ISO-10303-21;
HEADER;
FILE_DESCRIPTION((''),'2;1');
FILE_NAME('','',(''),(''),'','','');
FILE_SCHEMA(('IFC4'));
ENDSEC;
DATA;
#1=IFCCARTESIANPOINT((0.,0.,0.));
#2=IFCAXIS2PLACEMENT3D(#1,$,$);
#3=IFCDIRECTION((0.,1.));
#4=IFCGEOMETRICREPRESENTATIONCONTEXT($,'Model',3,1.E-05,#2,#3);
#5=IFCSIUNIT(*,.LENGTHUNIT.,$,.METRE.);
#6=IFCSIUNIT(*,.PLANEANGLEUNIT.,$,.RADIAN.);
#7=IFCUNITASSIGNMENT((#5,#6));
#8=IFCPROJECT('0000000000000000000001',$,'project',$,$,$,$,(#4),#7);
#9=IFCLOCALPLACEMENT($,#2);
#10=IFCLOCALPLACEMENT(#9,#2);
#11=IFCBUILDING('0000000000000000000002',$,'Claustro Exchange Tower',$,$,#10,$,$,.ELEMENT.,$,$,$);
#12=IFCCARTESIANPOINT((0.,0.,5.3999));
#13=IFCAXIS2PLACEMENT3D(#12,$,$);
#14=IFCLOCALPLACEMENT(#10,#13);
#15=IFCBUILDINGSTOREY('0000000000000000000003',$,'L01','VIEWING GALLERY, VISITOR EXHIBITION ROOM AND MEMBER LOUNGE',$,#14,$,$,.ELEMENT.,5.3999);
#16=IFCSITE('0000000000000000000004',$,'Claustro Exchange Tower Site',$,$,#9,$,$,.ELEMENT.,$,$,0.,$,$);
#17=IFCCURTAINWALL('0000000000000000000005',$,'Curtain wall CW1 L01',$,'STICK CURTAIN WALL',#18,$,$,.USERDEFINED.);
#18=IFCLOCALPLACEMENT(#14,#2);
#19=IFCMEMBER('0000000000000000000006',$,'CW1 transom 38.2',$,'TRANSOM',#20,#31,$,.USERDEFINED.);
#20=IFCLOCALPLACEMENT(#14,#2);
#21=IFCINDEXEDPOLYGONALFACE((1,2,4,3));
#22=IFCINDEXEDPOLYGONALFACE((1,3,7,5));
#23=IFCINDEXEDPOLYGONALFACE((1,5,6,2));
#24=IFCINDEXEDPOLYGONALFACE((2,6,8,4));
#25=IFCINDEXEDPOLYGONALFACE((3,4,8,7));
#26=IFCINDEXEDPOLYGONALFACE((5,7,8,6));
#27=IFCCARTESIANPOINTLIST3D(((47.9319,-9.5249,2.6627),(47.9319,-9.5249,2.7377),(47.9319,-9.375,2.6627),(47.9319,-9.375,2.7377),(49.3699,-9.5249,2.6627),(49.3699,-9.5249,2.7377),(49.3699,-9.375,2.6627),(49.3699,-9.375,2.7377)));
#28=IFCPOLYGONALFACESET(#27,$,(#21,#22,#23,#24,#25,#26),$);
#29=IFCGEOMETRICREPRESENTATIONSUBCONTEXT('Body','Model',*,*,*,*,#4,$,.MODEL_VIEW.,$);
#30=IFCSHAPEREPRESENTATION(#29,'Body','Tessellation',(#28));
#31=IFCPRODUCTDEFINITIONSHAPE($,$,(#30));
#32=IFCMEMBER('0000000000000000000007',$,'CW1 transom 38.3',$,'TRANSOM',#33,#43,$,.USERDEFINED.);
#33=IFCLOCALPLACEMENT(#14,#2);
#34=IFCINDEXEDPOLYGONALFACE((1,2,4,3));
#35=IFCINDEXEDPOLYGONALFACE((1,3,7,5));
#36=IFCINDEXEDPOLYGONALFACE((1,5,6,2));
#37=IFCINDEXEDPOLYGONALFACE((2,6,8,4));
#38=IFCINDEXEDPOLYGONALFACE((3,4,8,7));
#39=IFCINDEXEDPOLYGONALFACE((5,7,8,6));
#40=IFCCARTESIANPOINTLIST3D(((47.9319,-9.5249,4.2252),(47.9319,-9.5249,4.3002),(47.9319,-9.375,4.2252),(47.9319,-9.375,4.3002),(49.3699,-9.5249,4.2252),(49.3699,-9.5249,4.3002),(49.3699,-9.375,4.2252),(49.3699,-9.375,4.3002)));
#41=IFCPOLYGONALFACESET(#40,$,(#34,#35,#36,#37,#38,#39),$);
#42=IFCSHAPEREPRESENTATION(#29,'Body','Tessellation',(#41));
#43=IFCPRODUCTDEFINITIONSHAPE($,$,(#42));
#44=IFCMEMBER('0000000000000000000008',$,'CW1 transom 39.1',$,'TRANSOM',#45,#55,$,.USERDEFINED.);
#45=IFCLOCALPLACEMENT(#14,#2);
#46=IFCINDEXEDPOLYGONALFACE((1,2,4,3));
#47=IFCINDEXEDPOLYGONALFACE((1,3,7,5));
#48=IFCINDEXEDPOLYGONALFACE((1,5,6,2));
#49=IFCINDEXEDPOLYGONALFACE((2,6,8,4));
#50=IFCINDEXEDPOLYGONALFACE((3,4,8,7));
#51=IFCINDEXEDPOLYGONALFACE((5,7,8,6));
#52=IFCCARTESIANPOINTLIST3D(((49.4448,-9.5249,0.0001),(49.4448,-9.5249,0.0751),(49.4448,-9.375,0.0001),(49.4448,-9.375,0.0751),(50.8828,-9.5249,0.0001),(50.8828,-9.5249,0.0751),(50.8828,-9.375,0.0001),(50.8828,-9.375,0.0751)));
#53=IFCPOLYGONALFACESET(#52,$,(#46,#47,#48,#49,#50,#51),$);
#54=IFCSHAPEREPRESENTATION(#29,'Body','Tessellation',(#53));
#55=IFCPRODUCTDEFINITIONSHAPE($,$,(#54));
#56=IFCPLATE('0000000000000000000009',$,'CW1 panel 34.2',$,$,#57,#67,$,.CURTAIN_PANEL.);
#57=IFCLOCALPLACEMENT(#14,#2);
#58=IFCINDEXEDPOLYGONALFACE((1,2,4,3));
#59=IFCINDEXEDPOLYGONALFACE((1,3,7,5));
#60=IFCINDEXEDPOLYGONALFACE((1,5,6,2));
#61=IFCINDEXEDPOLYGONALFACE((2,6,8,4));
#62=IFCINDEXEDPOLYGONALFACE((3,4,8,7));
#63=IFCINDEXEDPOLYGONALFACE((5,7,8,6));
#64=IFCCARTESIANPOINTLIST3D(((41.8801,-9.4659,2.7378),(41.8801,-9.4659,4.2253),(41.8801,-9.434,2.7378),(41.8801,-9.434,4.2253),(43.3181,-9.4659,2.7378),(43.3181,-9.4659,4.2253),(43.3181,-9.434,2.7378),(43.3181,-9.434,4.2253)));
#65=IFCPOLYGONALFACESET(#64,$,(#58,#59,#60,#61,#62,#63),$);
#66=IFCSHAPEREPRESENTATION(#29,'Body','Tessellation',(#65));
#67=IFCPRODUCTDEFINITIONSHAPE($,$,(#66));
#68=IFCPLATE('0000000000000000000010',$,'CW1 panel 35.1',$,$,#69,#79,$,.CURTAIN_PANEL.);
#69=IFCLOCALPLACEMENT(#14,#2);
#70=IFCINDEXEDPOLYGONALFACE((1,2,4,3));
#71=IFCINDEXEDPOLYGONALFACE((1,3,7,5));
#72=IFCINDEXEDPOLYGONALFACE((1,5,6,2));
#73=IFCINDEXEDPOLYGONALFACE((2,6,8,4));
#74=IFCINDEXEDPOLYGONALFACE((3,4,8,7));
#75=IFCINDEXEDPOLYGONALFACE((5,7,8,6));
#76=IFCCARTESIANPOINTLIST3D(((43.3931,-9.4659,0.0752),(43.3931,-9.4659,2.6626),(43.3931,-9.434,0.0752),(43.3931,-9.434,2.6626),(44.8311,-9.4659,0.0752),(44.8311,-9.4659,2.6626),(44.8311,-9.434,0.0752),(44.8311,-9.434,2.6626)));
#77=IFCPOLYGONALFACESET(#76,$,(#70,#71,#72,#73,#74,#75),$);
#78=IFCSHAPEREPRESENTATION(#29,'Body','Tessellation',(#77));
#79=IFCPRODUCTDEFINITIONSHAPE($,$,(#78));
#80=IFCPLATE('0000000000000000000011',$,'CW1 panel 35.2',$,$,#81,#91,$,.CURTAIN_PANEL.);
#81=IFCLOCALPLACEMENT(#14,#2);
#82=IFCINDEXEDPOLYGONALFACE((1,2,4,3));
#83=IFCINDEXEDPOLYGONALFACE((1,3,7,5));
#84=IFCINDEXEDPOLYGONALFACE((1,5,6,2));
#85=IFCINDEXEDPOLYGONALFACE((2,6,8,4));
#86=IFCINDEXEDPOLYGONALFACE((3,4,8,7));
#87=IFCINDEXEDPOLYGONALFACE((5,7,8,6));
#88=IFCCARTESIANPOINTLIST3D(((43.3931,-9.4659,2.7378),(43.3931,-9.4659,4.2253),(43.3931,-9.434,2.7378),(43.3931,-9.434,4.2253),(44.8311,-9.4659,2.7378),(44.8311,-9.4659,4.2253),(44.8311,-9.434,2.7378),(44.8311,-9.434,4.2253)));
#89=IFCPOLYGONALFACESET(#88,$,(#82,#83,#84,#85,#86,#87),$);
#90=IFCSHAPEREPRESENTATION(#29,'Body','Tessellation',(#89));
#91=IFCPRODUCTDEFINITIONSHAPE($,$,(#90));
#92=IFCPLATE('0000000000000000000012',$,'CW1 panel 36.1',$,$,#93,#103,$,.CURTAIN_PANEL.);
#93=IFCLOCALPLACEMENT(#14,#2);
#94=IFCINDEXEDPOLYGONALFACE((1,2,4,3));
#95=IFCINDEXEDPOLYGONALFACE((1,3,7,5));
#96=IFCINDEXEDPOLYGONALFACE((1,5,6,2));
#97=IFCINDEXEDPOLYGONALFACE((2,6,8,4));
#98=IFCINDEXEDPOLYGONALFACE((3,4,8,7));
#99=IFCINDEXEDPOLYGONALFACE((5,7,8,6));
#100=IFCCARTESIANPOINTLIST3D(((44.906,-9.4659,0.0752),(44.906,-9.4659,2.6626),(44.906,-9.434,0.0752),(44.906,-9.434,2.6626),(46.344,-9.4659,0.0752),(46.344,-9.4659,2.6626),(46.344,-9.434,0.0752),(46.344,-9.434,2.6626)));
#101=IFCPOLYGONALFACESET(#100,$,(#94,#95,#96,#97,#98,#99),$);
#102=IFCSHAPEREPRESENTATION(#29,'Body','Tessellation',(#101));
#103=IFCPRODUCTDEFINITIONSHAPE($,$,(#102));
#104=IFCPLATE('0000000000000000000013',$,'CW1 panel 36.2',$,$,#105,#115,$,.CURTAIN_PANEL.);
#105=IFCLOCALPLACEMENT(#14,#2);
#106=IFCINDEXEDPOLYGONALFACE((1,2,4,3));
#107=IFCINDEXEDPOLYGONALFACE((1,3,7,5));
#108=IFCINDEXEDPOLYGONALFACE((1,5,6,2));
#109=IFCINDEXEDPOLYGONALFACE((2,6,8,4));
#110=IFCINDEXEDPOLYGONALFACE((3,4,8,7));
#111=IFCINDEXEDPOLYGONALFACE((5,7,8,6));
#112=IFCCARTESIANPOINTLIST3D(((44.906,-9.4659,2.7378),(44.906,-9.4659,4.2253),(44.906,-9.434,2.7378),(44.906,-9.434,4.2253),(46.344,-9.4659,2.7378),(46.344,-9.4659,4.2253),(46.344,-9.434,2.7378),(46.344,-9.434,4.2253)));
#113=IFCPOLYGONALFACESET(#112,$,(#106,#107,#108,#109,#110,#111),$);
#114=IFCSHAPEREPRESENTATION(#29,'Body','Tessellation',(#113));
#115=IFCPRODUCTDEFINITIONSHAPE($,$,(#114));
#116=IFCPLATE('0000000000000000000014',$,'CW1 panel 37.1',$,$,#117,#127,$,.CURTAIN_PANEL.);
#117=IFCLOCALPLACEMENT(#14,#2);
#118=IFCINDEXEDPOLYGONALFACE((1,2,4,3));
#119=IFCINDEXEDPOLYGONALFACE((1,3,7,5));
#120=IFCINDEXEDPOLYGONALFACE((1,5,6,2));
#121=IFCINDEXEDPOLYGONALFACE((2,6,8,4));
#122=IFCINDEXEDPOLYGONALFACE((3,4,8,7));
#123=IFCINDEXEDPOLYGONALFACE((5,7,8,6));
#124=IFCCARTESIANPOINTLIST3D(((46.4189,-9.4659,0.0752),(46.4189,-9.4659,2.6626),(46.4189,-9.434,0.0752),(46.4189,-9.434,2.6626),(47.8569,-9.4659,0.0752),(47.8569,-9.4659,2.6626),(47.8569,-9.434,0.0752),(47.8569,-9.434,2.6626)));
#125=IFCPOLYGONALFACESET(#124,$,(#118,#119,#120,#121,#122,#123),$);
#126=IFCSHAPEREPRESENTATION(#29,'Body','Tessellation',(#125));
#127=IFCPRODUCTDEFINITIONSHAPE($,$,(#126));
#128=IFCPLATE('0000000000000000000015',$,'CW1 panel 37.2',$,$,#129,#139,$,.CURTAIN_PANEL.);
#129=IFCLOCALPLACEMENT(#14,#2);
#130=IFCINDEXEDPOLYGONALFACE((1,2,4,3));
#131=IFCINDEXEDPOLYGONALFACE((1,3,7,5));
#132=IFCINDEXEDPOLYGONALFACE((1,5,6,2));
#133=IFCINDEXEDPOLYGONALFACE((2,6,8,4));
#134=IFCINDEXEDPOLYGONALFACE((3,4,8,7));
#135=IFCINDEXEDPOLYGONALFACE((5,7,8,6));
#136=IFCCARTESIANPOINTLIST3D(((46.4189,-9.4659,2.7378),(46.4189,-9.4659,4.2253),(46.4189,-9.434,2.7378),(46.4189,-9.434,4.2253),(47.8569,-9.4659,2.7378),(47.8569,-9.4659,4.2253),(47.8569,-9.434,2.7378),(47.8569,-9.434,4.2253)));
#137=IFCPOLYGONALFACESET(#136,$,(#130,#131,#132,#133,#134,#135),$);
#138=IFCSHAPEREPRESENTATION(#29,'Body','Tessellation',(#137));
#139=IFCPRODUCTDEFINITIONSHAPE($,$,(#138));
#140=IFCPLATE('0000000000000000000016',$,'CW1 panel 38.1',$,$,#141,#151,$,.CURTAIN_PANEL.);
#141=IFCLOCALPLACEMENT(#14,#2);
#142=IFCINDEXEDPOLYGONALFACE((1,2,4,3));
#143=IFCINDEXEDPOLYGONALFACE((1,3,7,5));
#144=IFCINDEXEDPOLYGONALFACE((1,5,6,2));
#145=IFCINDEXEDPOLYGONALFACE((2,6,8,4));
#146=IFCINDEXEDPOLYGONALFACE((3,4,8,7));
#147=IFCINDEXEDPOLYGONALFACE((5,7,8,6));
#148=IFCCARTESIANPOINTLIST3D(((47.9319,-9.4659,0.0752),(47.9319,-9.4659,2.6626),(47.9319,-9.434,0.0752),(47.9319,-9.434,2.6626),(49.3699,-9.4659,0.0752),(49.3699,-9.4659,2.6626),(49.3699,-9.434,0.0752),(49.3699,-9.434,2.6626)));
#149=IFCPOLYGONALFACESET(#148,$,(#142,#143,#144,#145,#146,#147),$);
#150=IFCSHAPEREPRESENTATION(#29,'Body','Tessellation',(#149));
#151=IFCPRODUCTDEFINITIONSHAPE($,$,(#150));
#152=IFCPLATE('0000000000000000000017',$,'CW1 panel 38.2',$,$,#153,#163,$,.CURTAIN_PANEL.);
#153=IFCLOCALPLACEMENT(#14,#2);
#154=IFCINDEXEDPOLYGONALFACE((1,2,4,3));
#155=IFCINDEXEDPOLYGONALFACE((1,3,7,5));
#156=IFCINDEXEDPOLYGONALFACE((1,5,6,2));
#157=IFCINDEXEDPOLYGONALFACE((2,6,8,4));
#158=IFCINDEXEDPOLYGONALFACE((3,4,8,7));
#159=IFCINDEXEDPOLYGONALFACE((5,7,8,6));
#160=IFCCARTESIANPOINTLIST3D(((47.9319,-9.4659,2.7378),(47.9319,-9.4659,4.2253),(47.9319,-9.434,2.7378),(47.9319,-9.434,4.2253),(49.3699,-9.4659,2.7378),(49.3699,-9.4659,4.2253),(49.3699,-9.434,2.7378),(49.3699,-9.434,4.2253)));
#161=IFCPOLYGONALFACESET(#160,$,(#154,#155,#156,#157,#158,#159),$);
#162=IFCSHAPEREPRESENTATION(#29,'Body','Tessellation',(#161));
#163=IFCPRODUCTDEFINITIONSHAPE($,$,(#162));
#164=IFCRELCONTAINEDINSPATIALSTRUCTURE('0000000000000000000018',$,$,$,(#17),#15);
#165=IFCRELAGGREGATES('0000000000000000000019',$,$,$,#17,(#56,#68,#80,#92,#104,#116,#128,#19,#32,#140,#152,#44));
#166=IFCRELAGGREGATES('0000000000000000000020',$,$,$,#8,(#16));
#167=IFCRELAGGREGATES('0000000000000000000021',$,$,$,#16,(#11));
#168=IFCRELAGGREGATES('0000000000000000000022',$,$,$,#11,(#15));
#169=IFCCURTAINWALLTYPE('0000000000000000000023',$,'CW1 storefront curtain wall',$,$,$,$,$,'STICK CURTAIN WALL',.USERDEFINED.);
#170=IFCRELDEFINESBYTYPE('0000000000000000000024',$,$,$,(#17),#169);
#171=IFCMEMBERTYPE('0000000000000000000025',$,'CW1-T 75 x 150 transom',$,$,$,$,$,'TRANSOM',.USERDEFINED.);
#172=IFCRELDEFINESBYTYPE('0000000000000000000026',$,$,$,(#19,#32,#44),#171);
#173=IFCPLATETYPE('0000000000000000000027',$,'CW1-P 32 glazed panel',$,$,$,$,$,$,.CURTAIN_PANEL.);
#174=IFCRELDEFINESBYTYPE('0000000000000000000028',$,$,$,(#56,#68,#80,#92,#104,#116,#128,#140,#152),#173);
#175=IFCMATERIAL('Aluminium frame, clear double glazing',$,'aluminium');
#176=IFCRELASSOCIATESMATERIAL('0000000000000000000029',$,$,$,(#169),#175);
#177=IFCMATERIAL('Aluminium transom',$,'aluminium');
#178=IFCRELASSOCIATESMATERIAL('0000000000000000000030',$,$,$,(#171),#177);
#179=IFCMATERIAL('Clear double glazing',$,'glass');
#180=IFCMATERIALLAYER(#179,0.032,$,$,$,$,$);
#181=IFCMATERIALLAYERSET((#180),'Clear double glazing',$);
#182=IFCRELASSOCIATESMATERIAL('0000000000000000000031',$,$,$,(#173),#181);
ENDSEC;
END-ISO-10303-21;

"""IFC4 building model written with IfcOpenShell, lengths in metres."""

from ifc_helpers import new_model, si_unit, direction, frame, origin, origin_2d, place, context, subcontext, project, spatial, rectangle, extrude, material, layer, layer_set, material_profile, profile_set, type_object, element, aggregate, save


model = new_model("IFC4")

# Units and contexts
model_context = context("Model", 3, precision=1e-05, world=origin(), true_north=direction((0.0, 1.0)))
body_context = subcontext(model_context, "Body", "Model", "MODEL_VIEW")
ifc_project = project(units=[si_unit("LENGTHUNIT", "METRE"), si_unit("PLANEANGLEUNIT", "RADIAN")], contexts=[model_context])

# Site, building, storey
site_placement = place(None, origin())
site = spatial("IfcSite", under=ifc_project, at=site_placement, Name="Claustro Exchange Tower Site", CompositionType="ELEMENT", RefElevation=0.0)
building_placement = place(site_placement, origin())
building = spatial("IfcBuilding", under=site, at=building_placement, Name="Claustro Exchange Tower", CompositionType="ELEMENT")
storey_placement = place(building_placement, frame((0.0, 0.0, 5.3999)))
storey = spatial("IfcBuildingStorey", under=building, at=storey_placement, Name="L01", Description="VIEWING GALLERY, VISITOR EXHIBITION ROOM AND MEMBER LOUNGE", CompositionType="ELEMENT", Elevation=5.3999)

# Curtain wall, members, plates
ifc_material_1 = material(Name="Aluminium frame, clear double glazing", Category="aluminium")
curtain_wall_type = type_object("IfcCurtainWallType", Name="CW1 storefront curtain wall", ElementType="STICK CURTAIN WALL", PredefinedType="USERDEFINED", material=ifc_material_1)
curtain_wall_placement = place(storey_placement, origin())
curtain_wall = element("IfcCurtainWall", 1, at=curtain_wall_placement, inside=storey, type_object=curtain_wall_type, Name="Curtain wall CW1 L01", ObjectType="STICK CURTAIN WALL", PredefinedType="USERDEFINED")
ifc_material_2 = material(Name="Aluminium transom", Category="aluminium")
ifc_material_profile_1 = material_profile(ifc_material_2, rectangle(XDim=0.1499, YDim=0.075, at=origin_2d()), Name="CW1-T 75x150")
ifc_profile_set_1 = profile_set([ifc_material_profile_1], Name="Aluminium transom")
member_type_1 = type_object("IfcMemberType", Name="CW1-T 75 x 150 transom", ElementType="TRANSOM", PredefinedType="USERDEFINED", material=ifc_profile_set_1)
member_1_placement = place(storey_placement, frame((47.9319, -9.45, 2.7002), z_axis=(1.0, 0.0, 0.0), x_axis=(0.0, 1.0, 0.0)))
member_1 = element("IfcMember", 2, at=member_1_placement, type_object=member_type_1, Name="CW1 transom 38.2", ObjectType="TRANSOM", PredefinedType="USERDEFINED", context=body_context, shape_type="SweptSolid", body=[
    extrude(rectangle(XDim=0.1499, YDim=0.075, at=origin_2d()), origin(), (0.0, 0.0, 1.0), 1.438),
])
member_2_placement = place(storey_placement, frame((47.9319, -9.45, 4.2627), z_axis=(1.0, 0.0, 0.0), x_axis=(0.0, 1.0, 0.0)))
member_2 = element("IfcMember", 3, at=member_2_placement, type_object=member_type_1, Name="CW1 transom 38.3", ObjectType="TRANSOM", PredefinedType="USERDEFINED", context=body_context, shape_type="SweptSolid", body=[
    extrude(rectangle(XDim=0.1499, YDim=0.075, at=origin_2d()), origin(), (0.0, 0.0, 1.0), 1.438),
])
member_3_placement = place(storey_placement, frame((49.4448, -9.45, 0.0376), z_axis=(1.0, 0.0, 0.0), x_axis=(0.0, 1.0, 0.0)))
member_3 = element("IfcMember", 4, at=member_3_placement, type_object=member_type_1, Name="CW1 transom 39.1", ObjectType="TRANSOM", PredefinedType="USERDEFINED", context=body_context, shape_type="SweptSolid", body=[
    extrude(rectangle(XDim=0.1499, YDim=0.075, at=origin_2d()), origin(), (0.0, 0.0, 1.0), 1.438),
])
ifc_material_3 = material(Name="Clear double glazing", Category="glass")
ifc_layer = layer(ifc_material_3, 0.032)
ifc_layer_set = layer_set([ifc_layer], Name="Clear double glazing")
plate_type = type_object("IfcPlateType", Name="CW1-P 32 glazed panel", PredefinedType="CURTAIN_PANEL", material=ifc_layer_set)
plate_1_placement = place(storey_placement, frame((42.5991, -9.45, 2.7378), z_axis=(0.0, 0.0, 1.0), x_axis=(1.0, 0.0, 0.0)))
plate_1 = element("IfcPlate", 5, at=plate_1_placement, type_object=plate_type, Name="CW1 panel 34.2", PredefinedType="CURTAIN_PANEL", context=body_context, shape_type="SweptSolid", body=[
    extrude(rectangle(XDim=1.438, YDim=0.032, at=origin_2d()), origin(), (0.0, 0.0, 1.0), 1.4875),
])
plate_2_placement = place(storey_placement, frame((44.1121, -9.45, 0.0752), z_axis=(0.0, 0.0, 1.0), x_axis=(1.0, 0.0, 0.0)))
plate_2 = element("IfcPlate", 6, at=plate_2_placement, type_object=plate_type, Name="CW1 panel 35.1", PredefinedType="CURTAIN_PANEL", context=body_context, shape_type="SweptSolid", body=[
    extrude(rectangle(XDim=1.438, YDim=0.032, at=origin_2d()), origin(), (0.0, 0.0, 1.0), 2.5874),
])
plate_3_placement = place(storey_placement, frame((44.1121, -9.45, 2.7378), z_axis=(0.0, 0.0, 1.0), x_axis=(1.0, 0.0, 0.0)))
plate_3 = element("IfcPlate", 7, at=plate_3_placement, type_object=plate_type, Name="CW1 panel 35.2", PredefinedType="CURTAIN_PANEL", context=body_context, shape_type="SweptSolid", body=[
    extrude(rectangle(XDim=1.438, YDim=0.032, at=origin_2d()), origin(), (0.0, 0.0, 1.0), 1.4875),
])
plate_4_placement = place(storey_placement, frame((45.625, -9.45, 0.0752), z_axis=(0.0, 0.0, 1.0), x_axis=(1.0, 0.0, 0.0)))
plate_4 = element("IfcPlate", 8, at=plate_4_placement, type_object=plate_type, Name="CW1 panel 36.1", PredefinedType="CURTAIN_PANEL", context=body_context, shape_type="SweptSolid", body=[
    extrude(rectangle(XDim=1.438, YDim=0.032, at=origin_2d()), origin(), (0.0, 0.0, 1.0), 2.5874),
])
plate_5_placement = place(storey_placement, frame((45.625, -9.45, 2.7378), z_axis=(0.0, 0.0, 1.0), x_axis=(1.0, 0.0, 0.0)))
plate_5 = element("IfcPlate", 9, at=plate_5_placement, type_object=plate_type, Name="CW1 panel 36.2", PredefinedType="CURTAIN_PANEL", context=body_context, shape_type="SweptSolid", body=[
    extrude(rectangle(XDim=1.438, YDim=0.032, at=origin_2d()), origin(), (0.0, 0.0, 1.0), 1.4875),
])
plate_6_placement = place(storey_placement, frame((47.1379, -9.45, 0.0752), z_axis=(0.0, 0.0, 1.0), x_axis=(1.0, 0.0, 0.0)))
plate_6 = element("IfcPlate", 10, at=plate_6_placement, type_object=plate_type, Name="CW1 panel 37.1", PredefinedType="CURTAIN_PANEL", context=body_context, shape_type="SweptSolid", body=[
    extrude(rectangle(XDim=1.438, YDim=0.032, at=origin_2d()), origin(), (0.0, 0.0, 1.0), 2.5874),
])
plate_7_placement = place(storey_placement, frame((47.1379, -9.45, 2.7378), z_axis=(0.0, 0.0, 1.0), x_axis=(1.0, 0.0, 0.0)))
plate_7 = element("IfcPlate", 11, at=plate_7_placement, type_object=plate_type, Name="CW1 panel 37.2", PredefinedType="CURTAIN_PANEL", context=body_context, shape_type="SweptSolid", body=[
    extrude(rectangle(XDim=1.438, YDim=0.032, at=origin_2d()), origin(), (0.0, 0.0, 1.0), 1.4875),
])
plate_8_placement = place(storey_placement, frame((48.6509, -9.45, 0.0752), z_axis=(0.0, 0.0, 1.0), x_axis=(1.0, 0.0, 0.0)))
plate_8 = element("IfcPlate", 12, at=plate_8_placement, type_object=plate_type, Name="CW1 panel 38.1", PredefinedType="CURTAIN_PANEL", context=body_context, shape_type="SweptSolid", body=[
    extrude(rectangle(XDim=1.438, YDim=0.032, at=origin_2d()), origin(), (0.0, 0.0, 1.0), 2.5874),
])
plate_9_placement = place(storey_placement, frame((48.6509, -9.45, 2.7378), z_axis=(0.0, 0.0, 1.0), x_axis=(1.0, 0.0, 0.0)))
plate_9 = element("IfcPlate", 13, at=plate_9_placement, type_object=plate_type, Name="CW1 panel 38.2", PredefinedType="CURTAIN_PANEL", context=body_context, shape_type="SweptSolid", body=[
    extrude(rectangle(XDim=1.438, YDim=0.032, at=origin_2d()), origin(), (0.0, 0.0, 1.0), 1.4875),
])
aggregate(curtain_wall, [plate_1, plate_2, plate_3, plate_4, plate_5, plate_6, plate_7, member_1, member_2, plate_8, plate_9, member_3])

save(model, "model.ifc")
